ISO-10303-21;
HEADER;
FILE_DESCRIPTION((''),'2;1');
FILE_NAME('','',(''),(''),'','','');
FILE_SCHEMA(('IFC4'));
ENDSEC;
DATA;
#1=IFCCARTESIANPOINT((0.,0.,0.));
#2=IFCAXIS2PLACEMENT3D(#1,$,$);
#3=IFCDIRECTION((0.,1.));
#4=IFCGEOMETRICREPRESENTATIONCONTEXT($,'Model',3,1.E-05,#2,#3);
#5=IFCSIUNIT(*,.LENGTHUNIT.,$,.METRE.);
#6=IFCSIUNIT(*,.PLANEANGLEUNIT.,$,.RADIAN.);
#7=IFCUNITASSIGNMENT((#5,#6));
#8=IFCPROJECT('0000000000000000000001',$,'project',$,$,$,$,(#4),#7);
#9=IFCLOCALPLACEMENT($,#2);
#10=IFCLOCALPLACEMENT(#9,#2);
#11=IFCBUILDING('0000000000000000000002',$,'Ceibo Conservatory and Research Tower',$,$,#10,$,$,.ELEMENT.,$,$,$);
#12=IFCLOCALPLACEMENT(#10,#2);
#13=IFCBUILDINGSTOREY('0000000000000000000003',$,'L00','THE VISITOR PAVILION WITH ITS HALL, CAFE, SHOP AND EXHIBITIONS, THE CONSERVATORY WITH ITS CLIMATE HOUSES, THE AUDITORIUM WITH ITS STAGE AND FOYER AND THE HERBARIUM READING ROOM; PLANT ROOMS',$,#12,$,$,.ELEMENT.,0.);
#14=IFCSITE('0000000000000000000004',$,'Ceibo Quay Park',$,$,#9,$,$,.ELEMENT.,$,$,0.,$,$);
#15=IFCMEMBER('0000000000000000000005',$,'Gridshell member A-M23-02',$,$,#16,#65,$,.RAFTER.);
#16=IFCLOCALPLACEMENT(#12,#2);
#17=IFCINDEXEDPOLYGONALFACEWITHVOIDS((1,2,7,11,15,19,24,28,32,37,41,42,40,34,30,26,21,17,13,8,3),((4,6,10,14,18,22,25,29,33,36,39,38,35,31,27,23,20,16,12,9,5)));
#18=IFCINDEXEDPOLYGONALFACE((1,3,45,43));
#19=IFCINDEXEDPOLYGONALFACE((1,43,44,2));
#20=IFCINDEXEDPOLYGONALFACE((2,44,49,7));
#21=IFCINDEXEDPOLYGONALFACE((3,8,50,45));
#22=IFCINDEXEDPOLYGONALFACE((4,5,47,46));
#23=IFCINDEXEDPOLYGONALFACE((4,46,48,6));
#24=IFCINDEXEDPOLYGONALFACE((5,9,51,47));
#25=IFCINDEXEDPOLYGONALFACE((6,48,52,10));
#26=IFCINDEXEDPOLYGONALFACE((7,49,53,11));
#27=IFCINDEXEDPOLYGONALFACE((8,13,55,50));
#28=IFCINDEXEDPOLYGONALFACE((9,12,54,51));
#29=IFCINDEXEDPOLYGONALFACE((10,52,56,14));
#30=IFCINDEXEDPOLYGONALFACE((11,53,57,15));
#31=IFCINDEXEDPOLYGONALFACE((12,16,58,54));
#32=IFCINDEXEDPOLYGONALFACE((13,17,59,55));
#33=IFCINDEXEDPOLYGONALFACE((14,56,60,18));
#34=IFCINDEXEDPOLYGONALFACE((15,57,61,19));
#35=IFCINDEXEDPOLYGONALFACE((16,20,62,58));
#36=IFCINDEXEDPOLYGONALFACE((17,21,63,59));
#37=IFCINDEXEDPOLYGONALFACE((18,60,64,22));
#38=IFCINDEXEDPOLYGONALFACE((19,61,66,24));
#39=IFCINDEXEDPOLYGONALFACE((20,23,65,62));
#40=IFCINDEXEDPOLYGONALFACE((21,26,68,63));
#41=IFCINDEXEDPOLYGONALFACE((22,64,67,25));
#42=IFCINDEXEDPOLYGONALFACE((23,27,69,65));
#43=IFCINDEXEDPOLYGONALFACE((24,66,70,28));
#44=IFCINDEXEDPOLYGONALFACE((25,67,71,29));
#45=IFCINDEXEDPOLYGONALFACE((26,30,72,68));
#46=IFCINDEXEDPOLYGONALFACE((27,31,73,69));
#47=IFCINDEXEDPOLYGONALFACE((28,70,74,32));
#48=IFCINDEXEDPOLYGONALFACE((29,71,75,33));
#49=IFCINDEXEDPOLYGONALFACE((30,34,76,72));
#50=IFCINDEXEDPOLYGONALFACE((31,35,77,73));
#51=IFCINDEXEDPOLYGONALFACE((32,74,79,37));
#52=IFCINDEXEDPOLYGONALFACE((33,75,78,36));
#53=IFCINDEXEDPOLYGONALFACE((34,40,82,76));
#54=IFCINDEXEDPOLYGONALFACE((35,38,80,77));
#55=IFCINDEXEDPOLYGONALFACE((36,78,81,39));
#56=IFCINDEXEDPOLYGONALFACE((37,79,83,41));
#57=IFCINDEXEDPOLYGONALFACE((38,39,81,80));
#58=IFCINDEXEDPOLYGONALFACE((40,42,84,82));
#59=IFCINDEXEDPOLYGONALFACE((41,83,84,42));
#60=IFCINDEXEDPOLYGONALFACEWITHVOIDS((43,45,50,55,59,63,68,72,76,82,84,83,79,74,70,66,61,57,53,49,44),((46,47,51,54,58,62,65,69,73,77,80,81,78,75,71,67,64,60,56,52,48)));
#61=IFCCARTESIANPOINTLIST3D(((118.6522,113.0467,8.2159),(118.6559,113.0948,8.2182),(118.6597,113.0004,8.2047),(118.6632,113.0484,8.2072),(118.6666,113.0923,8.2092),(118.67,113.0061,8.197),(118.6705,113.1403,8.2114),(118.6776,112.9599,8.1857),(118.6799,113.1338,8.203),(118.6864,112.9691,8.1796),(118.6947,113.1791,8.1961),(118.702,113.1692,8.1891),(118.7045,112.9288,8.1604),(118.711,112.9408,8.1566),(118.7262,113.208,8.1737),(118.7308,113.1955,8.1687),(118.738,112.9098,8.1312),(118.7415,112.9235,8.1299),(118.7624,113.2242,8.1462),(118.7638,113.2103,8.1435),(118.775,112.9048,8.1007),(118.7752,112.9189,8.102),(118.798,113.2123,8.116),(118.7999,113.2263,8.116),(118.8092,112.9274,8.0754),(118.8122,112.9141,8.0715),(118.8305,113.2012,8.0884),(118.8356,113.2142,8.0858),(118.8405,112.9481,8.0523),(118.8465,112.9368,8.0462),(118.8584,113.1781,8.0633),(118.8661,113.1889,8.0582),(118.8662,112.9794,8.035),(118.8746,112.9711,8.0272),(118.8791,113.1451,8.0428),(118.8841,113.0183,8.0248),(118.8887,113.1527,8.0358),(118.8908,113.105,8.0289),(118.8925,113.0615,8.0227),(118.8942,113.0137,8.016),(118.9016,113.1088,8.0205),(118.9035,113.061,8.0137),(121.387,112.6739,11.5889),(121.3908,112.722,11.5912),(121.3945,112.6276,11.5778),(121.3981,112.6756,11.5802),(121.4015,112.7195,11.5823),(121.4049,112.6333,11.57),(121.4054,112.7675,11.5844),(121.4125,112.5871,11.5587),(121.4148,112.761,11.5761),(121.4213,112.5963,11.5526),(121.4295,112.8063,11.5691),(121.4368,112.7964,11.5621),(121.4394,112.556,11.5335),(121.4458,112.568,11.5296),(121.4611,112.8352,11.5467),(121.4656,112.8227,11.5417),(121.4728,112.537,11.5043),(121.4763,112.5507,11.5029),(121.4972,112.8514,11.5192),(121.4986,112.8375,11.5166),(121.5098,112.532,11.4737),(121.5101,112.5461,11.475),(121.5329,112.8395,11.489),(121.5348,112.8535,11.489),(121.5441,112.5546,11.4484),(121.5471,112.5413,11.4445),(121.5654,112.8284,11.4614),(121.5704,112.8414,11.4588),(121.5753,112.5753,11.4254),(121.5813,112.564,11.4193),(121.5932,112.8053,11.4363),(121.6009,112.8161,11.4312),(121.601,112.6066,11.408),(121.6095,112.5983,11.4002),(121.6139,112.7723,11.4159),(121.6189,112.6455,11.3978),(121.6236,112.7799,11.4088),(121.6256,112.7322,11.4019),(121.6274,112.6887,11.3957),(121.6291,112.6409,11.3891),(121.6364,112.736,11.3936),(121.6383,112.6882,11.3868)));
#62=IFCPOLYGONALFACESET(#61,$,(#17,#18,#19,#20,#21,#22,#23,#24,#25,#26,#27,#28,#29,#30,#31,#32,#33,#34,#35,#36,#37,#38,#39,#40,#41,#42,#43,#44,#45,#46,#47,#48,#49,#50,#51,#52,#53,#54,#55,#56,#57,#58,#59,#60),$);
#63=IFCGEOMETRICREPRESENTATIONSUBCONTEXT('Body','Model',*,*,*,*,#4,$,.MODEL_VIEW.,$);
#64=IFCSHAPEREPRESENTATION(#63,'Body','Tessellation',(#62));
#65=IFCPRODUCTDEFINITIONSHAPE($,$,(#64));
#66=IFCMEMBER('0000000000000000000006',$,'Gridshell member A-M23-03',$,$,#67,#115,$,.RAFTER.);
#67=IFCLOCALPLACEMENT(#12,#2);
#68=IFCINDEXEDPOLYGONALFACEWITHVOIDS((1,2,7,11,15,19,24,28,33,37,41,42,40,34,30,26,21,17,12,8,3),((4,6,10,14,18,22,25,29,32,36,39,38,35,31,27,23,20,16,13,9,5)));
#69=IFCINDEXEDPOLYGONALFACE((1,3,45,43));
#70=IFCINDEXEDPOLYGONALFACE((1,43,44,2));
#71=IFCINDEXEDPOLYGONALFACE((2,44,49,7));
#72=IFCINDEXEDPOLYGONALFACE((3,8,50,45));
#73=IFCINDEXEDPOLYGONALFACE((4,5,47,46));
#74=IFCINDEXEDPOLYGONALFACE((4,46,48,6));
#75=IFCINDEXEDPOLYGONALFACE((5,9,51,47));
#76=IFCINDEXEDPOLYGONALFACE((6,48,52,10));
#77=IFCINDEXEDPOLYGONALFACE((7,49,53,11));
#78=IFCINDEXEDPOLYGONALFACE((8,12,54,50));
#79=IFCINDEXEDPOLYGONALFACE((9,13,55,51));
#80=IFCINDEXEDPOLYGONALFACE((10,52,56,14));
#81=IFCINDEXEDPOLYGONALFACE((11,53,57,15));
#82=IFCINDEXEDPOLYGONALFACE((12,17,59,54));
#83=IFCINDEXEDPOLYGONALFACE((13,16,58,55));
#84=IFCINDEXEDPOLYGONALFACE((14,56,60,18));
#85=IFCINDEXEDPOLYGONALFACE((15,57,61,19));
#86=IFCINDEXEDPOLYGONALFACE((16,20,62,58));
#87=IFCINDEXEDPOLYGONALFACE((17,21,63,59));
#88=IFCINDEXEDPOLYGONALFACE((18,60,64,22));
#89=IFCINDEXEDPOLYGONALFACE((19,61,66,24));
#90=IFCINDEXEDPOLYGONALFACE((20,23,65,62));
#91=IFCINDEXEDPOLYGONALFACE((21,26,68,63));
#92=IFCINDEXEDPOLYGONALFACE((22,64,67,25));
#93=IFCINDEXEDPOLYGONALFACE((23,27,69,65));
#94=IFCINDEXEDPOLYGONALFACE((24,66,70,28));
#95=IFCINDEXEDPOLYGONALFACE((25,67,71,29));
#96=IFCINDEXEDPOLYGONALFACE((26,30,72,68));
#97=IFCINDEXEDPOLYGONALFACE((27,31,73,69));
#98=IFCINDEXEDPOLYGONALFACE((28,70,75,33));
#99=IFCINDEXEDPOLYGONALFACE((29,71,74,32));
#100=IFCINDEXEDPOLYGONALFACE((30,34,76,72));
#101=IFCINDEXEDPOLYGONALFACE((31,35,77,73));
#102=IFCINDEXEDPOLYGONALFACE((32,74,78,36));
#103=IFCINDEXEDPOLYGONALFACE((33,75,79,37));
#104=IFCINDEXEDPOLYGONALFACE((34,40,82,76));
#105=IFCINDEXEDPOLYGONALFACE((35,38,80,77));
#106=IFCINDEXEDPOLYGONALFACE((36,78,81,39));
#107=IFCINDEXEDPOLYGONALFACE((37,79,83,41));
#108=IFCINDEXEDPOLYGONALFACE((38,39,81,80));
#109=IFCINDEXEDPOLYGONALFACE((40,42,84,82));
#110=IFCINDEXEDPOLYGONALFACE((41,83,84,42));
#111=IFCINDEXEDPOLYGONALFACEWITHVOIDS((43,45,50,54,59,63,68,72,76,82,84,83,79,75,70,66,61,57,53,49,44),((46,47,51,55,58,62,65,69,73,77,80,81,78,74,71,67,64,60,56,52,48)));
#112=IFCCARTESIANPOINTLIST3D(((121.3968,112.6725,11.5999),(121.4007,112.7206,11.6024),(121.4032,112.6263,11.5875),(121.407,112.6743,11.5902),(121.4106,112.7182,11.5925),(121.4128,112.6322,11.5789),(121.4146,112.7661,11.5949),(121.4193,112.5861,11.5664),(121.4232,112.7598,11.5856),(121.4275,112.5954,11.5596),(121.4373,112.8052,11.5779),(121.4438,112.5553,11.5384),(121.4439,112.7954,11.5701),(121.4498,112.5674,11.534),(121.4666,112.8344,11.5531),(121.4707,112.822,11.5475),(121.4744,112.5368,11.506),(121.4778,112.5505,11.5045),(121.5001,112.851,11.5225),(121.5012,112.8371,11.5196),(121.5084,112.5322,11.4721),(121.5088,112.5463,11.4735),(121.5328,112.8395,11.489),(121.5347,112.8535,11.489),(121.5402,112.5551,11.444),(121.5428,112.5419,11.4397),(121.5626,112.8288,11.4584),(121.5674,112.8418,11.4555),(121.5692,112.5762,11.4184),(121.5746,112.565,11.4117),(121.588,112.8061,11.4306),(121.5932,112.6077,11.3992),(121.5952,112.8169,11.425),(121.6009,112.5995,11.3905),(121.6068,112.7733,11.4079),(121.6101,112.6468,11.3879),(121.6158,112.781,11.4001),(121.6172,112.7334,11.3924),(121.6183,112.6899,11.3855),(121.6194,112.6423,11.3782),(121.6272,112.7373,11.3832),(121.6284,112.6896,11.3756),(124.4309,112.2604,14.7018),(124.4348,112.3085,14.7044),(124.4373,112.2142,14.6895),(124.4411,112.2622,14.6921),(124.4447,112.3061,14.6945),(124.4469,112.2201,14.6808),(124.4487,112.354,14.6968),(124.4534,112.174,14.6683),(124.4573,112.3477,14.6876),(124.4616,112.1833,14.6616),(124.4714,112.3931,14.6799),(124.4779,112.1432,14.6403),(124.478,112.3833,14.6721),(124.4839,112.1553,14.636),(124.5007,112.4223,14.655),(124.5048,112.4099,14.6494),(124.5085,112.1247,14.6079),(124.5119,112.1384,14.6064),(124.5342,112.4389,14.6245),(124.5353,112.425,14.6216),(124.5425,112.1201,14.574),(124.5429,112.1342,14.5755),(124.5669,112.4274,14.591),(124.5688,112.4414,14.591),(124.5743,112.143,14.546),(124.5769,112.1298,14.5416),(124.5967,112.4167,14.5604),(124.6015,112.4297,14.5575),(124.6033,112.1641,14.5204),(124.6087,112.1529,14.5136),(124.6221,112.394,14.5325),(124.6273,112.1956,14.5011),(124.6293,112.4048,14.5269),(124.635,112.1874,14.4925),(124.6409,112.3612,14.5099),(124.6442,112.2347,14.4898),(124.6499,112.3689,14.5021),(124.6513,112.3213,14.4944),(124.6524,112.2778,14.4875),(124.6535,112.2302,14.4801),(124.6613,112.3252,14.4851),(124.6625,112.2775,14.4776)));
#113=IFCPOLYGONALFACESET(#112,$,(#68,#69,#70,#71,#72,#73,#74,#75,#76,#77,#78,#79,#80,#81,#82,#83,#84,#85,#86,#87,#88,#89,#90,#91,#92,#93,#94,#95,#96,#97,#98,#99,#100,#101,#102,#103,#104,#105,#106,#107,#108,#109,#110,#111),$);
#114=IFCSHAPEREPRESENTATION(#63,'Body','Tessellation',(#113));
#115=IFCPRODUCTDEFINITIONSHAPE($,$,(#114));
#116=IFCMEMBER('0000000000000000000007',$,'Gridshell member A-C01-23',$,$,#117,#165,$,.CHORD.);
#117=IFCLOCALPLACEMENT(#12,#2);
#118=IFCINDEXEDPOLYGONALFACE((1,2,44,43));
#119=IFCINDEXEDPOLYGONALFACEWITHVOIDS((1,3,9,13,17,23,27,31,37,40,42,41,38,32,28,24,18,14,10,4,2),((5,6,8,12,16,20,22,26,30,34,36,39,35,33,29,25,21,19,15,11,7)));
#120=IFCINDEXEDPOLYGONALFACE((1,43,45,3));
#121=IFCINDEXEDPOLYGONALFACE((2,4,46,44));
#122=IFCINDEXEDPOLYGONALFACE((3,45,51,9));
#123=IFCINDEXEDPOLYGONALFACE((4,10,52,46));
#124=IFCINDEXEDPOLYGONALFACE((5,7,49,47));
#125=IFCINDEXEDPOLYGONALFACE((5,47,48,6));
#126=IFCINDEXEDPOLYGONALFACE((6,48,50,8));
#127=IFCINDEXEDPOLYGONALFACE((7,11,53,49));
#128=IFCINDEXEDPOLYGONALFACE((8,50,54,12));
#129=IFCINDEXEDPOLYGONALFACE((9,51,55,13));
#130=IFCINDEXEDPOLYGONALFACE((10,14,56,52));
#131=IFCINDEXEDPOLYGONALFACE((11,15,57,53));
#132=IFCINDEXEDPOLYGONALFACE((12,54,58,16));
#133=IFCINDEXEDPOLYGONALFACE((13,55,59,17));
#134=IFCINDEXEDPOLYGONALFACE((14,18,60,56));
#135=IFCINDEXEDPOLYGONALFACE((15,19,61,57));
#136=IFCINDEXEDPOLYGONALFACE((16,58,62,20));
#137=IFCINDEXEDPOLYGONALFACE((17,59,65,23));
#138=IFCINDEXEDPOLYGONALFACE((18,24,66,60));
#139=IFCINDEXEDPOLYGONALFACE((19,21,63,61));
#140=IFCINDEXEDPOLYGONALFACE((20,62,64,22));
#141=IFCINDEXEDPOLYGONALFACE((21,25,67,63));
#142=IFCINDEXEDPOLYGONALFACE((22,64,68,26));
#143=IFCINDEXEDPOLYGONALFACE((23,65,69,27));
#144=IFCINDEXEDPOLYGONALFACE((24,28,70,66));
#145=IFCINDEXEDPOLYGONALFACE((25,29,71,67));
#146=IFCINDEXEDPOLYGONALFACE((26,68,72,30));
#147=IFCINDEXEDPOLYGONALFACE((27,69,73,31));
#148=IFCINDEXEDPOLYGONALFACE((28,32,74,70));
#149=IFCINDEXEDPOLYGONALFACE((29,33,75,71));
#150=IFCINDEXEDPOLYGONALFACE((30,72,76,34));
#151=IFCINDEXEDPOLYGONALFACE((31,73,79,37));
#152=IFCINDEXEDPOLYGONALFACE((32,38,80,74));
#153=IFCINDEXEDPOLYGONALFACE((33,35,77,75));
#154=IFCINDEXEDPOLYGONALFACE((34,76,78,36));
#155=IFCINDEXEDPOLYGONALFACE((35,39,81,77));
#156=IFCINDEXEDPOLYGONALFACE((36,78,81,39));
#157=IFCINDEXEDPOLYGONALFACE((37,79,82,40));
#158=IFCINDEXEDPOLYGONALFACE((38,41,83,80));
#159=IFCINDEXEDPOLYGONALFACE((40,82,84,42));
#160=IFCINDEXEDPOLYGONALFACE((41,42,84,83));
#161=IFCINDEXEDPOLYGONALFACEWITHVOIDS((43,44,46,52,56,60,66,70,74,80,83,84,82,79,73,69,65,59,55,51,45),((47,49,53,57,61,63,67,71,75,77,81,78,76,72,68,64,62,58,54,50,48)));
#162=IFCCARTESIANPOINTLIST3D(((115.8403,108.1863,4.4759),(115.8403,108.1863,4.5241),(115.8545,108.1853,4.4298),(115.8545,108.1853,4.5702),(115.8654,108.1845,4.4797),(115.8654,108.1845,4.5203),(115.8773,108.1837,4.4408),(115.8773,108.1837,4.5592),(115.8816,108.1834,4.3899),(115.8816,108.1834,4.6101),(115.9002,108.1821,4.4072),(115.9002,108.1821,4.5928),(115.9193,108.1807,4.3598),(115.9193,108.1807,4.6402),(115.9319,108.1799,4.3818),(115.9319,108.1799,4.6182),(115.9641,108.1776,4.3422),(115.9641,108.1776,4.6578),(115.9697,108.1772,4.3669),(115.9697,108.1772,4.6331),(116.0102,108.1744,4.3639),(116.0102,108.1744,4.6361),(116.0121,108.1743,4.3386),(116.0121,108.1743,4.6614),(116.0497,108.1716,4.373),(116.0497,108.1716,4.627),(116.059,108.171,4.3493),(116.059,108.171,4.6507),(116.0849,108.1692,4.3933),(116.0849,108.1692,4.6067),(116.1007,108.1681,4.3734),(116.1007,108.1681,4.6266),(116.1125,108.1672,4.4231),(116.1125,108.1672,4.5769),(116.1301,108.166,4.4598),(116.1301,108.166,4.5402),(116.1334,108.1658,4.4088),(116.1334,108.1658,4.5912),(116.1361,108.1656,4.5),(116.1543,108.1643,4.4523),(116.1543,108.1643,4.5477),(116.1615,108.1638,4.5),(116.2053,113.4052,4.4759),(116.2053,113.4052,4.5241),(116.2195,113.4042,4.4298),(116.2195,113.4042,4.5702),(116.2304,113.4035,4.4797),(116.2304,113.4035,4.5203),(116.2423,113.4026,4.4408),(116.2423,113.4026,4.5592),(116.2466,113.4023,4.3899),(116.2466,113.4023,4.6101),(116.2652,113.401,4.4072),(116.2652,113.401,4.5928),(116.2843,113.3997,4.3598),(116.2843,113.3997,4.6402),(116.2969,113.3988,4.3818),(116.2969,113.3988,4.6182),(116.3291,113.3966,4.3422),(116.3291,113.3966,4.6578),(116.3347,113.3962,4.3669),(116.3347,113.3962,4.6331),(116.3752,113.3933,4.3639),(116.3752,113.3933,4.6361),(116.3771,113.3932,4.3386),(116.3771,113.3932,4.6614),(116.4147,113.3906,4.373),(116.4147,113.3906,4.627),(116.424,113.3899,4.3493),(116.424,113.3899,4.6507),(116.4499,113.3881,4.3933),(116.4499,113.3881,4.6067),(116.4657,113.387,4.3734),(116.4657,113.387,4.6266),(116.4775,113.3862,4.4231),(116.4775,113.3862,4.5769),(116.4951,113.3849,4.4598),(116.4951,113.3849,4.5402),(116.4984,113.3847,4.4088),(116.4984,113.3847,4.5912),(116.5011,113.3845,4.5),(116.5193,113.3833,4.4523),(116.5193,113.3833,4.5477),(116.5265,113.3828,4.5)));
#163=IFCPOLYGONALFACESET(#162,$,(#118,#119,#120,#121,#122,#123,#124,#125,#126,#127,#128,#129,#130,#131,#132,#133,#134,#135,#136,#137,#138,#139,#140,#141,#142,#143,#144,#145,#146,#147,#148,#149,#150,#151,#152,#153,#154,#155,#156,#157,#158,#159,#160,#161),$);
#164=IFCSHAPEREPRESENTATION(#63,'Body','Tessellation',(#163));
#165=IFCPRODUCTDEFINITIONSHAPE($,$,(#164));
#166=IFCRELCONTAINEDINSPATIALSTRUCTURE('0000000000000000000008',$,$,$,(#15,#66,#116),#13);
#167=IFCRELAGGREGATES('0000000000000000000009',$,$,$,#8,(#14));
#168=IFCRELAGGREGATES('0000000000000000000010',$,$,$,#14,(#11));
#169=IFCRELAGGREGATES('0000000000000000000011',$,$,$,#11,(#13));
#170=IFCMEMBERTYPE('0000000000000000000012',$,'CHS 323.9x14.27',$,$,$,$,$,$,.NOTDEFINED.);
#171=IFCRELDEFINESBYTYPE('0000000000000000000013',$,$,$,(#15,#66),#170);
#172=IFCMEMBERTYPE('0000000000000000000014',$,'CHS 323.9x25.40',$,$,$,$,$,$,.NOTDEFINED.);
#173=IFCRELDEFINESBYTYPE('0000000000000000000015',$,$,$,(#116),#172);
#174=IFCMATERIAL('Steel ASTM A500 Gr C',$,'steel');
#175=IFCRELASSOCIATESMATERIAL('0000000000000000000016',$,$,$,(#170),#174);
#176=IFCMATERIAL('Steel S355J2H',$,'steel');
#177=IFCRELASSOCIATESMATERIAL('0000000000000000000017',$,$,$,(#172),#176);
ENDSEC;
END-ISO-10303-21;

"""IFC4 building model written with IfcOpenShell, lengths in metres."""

from ifc_helpers import new_model, si_unit, direction, frame, origin, origin_2d, place, context, subcontext, project, spatial, hollow_circle, extrude, material, material_profile, profile_set, type_object, element, save


model = new_model("IFC4")

# Units and contexts
model_context = context("Model", 3, precision=1e-05, world=origin(), true_north=direction((0.0, 1.0)))
body_context = subcontext(model_context, "Body", "Model", "MODEL_VIEW")
ifc_project = project(units=[si_unit("LENGTHUNIT", "METRE"), si_unit("PLANEANGLEUNIT", "RADIAN")], contexts=[model_context])

# Site, building, storey
site_placement = place(None, origin())
site = spatial("IfcSite", under=ifc_project, at=site_placement, Name="Ceibo Quay Park", CompositionType="ELEMENT", RefElevation=0.0)
building_placement = place(site_placement, origin())
building = spatial("IfcBuilding", under=site, at=building_placement, Name="Ceibo Conservatory and Research Tower", CompositionType="ELEMENT")
storey_placement = place(building_placement, origin())
storey = spatial("IfcBuildingStorey", under=building, at=storey_placement, Name="L00", Description="THE VISITOR PAVILION WITH ITS HALL, CAFE, SHOP AND EXHIBITIONS, THE CONSERVATORY WITH ITS CLIMATE HOUSES, THE AUDITORIUM WITH ITS STAGE AND FOYER AND THE HERBARIUM READING ROOM; PLANT ROOMS", CompositionType="ELEMENT", Elevation=0.0)

# Shared definitions
ifc_material_1 = material(Name="Steel ASTM A500 Gr C", Category="steel")

# Members
ifc_material_profile_1 = material_profile(ifc_material_1, hollow_circle(Radius=0.1619, WallThickness=0.0142, at=origin_2d()), Name="CHS 323.9x14.27")
ifc_profile_set_1 = profile_set([ifc_material_profile_1], Name="Steel ASTM A500 Gr C")
member_type_1 = type_object("IfcMemberType", Name="CHS 323.9x14.27", PredefinedType="NOTDEFINED", material=ifc_profile_set_1)
member_1_placement = place(storey_placement, frame((118.7781, 113.0659, 8.116), z_axis=(0.627488, -0.085536, 0.773913), x_axis=(0.135066, 0.990837, 0.0)))
element("IfcMember", 1, at=member_1_placement, inside=storey, type_object=member_type_1, Name="Gridshell member A-M23-02", PredefinedType="RAFTER", context=body_context, shape_type="SweptSolid", body=[
    extrude(hollow_circle(Radius=0.1619, WallThickness=0.0142, at=origin_2d()), origin(), (0.0, 0.0, 1.0), 4.3584),
])
member_2_placement = place(storey_placement, frame((121.5129, 112.6931, 11.489), z_axis=(0.696111, -0.094547, 0.711682), x_axis=(0.134587, 0.990902, 0.0)))
element("IfcMember", 2, at=member_2_placement, inside=storey, type_object=member_type_1, Name="Gridshell member A-M23-03", PredefinedType="RAFTER", context=body_context, shape_type="SweptSolid", body=[
    extrude(hollow_circle(Radius=0.1619, WallThickness=0.0142, at=origin_2d()), origin(), (0.0, 0.0, 1.0), 4.3586),
])
ifc_material_2 = material(Name="Steel S355J2H", Category="steel")
ifc_material_profile_2 = material_profile(ifc_material_2, hollow_circle(Radius=0.1619, WallThickness=0.0254, at=origin_2d()), Name="CHS 323.9x25.40")
ifc_profile_set_2 = profile_set([ifc_material_profile_2], Name="Steel S355J2H")
member_type_2 = type_object("IfcMemberType", Name="CHS 323.9x25.40", PredefinedType="NOTDEFINED", material=ifc_profile_set_2)
member_3_placement = place(storey_placement, frame((116.365, 113.394, 4.5), z_axis=(-0.069765, -0.997563, 0.0), x_axis=(0.997563, -0.069765, 0.0)))
element("IfcMember", 3, at=member_3_placement, inside=storey, type_object=member_type_2, Name="Gridshell member A-C01-23", PredefinedType="CHORD", context=body_context, shape_type="SweptSolid", body=[
    extrude(hollow_circle(Radius=0.1619, WallThickness=0.0254, at=origin_2d()), origin(), (0.0, 0.0, 1.0), 5.2317),
])

save(model, "model.ifc")
